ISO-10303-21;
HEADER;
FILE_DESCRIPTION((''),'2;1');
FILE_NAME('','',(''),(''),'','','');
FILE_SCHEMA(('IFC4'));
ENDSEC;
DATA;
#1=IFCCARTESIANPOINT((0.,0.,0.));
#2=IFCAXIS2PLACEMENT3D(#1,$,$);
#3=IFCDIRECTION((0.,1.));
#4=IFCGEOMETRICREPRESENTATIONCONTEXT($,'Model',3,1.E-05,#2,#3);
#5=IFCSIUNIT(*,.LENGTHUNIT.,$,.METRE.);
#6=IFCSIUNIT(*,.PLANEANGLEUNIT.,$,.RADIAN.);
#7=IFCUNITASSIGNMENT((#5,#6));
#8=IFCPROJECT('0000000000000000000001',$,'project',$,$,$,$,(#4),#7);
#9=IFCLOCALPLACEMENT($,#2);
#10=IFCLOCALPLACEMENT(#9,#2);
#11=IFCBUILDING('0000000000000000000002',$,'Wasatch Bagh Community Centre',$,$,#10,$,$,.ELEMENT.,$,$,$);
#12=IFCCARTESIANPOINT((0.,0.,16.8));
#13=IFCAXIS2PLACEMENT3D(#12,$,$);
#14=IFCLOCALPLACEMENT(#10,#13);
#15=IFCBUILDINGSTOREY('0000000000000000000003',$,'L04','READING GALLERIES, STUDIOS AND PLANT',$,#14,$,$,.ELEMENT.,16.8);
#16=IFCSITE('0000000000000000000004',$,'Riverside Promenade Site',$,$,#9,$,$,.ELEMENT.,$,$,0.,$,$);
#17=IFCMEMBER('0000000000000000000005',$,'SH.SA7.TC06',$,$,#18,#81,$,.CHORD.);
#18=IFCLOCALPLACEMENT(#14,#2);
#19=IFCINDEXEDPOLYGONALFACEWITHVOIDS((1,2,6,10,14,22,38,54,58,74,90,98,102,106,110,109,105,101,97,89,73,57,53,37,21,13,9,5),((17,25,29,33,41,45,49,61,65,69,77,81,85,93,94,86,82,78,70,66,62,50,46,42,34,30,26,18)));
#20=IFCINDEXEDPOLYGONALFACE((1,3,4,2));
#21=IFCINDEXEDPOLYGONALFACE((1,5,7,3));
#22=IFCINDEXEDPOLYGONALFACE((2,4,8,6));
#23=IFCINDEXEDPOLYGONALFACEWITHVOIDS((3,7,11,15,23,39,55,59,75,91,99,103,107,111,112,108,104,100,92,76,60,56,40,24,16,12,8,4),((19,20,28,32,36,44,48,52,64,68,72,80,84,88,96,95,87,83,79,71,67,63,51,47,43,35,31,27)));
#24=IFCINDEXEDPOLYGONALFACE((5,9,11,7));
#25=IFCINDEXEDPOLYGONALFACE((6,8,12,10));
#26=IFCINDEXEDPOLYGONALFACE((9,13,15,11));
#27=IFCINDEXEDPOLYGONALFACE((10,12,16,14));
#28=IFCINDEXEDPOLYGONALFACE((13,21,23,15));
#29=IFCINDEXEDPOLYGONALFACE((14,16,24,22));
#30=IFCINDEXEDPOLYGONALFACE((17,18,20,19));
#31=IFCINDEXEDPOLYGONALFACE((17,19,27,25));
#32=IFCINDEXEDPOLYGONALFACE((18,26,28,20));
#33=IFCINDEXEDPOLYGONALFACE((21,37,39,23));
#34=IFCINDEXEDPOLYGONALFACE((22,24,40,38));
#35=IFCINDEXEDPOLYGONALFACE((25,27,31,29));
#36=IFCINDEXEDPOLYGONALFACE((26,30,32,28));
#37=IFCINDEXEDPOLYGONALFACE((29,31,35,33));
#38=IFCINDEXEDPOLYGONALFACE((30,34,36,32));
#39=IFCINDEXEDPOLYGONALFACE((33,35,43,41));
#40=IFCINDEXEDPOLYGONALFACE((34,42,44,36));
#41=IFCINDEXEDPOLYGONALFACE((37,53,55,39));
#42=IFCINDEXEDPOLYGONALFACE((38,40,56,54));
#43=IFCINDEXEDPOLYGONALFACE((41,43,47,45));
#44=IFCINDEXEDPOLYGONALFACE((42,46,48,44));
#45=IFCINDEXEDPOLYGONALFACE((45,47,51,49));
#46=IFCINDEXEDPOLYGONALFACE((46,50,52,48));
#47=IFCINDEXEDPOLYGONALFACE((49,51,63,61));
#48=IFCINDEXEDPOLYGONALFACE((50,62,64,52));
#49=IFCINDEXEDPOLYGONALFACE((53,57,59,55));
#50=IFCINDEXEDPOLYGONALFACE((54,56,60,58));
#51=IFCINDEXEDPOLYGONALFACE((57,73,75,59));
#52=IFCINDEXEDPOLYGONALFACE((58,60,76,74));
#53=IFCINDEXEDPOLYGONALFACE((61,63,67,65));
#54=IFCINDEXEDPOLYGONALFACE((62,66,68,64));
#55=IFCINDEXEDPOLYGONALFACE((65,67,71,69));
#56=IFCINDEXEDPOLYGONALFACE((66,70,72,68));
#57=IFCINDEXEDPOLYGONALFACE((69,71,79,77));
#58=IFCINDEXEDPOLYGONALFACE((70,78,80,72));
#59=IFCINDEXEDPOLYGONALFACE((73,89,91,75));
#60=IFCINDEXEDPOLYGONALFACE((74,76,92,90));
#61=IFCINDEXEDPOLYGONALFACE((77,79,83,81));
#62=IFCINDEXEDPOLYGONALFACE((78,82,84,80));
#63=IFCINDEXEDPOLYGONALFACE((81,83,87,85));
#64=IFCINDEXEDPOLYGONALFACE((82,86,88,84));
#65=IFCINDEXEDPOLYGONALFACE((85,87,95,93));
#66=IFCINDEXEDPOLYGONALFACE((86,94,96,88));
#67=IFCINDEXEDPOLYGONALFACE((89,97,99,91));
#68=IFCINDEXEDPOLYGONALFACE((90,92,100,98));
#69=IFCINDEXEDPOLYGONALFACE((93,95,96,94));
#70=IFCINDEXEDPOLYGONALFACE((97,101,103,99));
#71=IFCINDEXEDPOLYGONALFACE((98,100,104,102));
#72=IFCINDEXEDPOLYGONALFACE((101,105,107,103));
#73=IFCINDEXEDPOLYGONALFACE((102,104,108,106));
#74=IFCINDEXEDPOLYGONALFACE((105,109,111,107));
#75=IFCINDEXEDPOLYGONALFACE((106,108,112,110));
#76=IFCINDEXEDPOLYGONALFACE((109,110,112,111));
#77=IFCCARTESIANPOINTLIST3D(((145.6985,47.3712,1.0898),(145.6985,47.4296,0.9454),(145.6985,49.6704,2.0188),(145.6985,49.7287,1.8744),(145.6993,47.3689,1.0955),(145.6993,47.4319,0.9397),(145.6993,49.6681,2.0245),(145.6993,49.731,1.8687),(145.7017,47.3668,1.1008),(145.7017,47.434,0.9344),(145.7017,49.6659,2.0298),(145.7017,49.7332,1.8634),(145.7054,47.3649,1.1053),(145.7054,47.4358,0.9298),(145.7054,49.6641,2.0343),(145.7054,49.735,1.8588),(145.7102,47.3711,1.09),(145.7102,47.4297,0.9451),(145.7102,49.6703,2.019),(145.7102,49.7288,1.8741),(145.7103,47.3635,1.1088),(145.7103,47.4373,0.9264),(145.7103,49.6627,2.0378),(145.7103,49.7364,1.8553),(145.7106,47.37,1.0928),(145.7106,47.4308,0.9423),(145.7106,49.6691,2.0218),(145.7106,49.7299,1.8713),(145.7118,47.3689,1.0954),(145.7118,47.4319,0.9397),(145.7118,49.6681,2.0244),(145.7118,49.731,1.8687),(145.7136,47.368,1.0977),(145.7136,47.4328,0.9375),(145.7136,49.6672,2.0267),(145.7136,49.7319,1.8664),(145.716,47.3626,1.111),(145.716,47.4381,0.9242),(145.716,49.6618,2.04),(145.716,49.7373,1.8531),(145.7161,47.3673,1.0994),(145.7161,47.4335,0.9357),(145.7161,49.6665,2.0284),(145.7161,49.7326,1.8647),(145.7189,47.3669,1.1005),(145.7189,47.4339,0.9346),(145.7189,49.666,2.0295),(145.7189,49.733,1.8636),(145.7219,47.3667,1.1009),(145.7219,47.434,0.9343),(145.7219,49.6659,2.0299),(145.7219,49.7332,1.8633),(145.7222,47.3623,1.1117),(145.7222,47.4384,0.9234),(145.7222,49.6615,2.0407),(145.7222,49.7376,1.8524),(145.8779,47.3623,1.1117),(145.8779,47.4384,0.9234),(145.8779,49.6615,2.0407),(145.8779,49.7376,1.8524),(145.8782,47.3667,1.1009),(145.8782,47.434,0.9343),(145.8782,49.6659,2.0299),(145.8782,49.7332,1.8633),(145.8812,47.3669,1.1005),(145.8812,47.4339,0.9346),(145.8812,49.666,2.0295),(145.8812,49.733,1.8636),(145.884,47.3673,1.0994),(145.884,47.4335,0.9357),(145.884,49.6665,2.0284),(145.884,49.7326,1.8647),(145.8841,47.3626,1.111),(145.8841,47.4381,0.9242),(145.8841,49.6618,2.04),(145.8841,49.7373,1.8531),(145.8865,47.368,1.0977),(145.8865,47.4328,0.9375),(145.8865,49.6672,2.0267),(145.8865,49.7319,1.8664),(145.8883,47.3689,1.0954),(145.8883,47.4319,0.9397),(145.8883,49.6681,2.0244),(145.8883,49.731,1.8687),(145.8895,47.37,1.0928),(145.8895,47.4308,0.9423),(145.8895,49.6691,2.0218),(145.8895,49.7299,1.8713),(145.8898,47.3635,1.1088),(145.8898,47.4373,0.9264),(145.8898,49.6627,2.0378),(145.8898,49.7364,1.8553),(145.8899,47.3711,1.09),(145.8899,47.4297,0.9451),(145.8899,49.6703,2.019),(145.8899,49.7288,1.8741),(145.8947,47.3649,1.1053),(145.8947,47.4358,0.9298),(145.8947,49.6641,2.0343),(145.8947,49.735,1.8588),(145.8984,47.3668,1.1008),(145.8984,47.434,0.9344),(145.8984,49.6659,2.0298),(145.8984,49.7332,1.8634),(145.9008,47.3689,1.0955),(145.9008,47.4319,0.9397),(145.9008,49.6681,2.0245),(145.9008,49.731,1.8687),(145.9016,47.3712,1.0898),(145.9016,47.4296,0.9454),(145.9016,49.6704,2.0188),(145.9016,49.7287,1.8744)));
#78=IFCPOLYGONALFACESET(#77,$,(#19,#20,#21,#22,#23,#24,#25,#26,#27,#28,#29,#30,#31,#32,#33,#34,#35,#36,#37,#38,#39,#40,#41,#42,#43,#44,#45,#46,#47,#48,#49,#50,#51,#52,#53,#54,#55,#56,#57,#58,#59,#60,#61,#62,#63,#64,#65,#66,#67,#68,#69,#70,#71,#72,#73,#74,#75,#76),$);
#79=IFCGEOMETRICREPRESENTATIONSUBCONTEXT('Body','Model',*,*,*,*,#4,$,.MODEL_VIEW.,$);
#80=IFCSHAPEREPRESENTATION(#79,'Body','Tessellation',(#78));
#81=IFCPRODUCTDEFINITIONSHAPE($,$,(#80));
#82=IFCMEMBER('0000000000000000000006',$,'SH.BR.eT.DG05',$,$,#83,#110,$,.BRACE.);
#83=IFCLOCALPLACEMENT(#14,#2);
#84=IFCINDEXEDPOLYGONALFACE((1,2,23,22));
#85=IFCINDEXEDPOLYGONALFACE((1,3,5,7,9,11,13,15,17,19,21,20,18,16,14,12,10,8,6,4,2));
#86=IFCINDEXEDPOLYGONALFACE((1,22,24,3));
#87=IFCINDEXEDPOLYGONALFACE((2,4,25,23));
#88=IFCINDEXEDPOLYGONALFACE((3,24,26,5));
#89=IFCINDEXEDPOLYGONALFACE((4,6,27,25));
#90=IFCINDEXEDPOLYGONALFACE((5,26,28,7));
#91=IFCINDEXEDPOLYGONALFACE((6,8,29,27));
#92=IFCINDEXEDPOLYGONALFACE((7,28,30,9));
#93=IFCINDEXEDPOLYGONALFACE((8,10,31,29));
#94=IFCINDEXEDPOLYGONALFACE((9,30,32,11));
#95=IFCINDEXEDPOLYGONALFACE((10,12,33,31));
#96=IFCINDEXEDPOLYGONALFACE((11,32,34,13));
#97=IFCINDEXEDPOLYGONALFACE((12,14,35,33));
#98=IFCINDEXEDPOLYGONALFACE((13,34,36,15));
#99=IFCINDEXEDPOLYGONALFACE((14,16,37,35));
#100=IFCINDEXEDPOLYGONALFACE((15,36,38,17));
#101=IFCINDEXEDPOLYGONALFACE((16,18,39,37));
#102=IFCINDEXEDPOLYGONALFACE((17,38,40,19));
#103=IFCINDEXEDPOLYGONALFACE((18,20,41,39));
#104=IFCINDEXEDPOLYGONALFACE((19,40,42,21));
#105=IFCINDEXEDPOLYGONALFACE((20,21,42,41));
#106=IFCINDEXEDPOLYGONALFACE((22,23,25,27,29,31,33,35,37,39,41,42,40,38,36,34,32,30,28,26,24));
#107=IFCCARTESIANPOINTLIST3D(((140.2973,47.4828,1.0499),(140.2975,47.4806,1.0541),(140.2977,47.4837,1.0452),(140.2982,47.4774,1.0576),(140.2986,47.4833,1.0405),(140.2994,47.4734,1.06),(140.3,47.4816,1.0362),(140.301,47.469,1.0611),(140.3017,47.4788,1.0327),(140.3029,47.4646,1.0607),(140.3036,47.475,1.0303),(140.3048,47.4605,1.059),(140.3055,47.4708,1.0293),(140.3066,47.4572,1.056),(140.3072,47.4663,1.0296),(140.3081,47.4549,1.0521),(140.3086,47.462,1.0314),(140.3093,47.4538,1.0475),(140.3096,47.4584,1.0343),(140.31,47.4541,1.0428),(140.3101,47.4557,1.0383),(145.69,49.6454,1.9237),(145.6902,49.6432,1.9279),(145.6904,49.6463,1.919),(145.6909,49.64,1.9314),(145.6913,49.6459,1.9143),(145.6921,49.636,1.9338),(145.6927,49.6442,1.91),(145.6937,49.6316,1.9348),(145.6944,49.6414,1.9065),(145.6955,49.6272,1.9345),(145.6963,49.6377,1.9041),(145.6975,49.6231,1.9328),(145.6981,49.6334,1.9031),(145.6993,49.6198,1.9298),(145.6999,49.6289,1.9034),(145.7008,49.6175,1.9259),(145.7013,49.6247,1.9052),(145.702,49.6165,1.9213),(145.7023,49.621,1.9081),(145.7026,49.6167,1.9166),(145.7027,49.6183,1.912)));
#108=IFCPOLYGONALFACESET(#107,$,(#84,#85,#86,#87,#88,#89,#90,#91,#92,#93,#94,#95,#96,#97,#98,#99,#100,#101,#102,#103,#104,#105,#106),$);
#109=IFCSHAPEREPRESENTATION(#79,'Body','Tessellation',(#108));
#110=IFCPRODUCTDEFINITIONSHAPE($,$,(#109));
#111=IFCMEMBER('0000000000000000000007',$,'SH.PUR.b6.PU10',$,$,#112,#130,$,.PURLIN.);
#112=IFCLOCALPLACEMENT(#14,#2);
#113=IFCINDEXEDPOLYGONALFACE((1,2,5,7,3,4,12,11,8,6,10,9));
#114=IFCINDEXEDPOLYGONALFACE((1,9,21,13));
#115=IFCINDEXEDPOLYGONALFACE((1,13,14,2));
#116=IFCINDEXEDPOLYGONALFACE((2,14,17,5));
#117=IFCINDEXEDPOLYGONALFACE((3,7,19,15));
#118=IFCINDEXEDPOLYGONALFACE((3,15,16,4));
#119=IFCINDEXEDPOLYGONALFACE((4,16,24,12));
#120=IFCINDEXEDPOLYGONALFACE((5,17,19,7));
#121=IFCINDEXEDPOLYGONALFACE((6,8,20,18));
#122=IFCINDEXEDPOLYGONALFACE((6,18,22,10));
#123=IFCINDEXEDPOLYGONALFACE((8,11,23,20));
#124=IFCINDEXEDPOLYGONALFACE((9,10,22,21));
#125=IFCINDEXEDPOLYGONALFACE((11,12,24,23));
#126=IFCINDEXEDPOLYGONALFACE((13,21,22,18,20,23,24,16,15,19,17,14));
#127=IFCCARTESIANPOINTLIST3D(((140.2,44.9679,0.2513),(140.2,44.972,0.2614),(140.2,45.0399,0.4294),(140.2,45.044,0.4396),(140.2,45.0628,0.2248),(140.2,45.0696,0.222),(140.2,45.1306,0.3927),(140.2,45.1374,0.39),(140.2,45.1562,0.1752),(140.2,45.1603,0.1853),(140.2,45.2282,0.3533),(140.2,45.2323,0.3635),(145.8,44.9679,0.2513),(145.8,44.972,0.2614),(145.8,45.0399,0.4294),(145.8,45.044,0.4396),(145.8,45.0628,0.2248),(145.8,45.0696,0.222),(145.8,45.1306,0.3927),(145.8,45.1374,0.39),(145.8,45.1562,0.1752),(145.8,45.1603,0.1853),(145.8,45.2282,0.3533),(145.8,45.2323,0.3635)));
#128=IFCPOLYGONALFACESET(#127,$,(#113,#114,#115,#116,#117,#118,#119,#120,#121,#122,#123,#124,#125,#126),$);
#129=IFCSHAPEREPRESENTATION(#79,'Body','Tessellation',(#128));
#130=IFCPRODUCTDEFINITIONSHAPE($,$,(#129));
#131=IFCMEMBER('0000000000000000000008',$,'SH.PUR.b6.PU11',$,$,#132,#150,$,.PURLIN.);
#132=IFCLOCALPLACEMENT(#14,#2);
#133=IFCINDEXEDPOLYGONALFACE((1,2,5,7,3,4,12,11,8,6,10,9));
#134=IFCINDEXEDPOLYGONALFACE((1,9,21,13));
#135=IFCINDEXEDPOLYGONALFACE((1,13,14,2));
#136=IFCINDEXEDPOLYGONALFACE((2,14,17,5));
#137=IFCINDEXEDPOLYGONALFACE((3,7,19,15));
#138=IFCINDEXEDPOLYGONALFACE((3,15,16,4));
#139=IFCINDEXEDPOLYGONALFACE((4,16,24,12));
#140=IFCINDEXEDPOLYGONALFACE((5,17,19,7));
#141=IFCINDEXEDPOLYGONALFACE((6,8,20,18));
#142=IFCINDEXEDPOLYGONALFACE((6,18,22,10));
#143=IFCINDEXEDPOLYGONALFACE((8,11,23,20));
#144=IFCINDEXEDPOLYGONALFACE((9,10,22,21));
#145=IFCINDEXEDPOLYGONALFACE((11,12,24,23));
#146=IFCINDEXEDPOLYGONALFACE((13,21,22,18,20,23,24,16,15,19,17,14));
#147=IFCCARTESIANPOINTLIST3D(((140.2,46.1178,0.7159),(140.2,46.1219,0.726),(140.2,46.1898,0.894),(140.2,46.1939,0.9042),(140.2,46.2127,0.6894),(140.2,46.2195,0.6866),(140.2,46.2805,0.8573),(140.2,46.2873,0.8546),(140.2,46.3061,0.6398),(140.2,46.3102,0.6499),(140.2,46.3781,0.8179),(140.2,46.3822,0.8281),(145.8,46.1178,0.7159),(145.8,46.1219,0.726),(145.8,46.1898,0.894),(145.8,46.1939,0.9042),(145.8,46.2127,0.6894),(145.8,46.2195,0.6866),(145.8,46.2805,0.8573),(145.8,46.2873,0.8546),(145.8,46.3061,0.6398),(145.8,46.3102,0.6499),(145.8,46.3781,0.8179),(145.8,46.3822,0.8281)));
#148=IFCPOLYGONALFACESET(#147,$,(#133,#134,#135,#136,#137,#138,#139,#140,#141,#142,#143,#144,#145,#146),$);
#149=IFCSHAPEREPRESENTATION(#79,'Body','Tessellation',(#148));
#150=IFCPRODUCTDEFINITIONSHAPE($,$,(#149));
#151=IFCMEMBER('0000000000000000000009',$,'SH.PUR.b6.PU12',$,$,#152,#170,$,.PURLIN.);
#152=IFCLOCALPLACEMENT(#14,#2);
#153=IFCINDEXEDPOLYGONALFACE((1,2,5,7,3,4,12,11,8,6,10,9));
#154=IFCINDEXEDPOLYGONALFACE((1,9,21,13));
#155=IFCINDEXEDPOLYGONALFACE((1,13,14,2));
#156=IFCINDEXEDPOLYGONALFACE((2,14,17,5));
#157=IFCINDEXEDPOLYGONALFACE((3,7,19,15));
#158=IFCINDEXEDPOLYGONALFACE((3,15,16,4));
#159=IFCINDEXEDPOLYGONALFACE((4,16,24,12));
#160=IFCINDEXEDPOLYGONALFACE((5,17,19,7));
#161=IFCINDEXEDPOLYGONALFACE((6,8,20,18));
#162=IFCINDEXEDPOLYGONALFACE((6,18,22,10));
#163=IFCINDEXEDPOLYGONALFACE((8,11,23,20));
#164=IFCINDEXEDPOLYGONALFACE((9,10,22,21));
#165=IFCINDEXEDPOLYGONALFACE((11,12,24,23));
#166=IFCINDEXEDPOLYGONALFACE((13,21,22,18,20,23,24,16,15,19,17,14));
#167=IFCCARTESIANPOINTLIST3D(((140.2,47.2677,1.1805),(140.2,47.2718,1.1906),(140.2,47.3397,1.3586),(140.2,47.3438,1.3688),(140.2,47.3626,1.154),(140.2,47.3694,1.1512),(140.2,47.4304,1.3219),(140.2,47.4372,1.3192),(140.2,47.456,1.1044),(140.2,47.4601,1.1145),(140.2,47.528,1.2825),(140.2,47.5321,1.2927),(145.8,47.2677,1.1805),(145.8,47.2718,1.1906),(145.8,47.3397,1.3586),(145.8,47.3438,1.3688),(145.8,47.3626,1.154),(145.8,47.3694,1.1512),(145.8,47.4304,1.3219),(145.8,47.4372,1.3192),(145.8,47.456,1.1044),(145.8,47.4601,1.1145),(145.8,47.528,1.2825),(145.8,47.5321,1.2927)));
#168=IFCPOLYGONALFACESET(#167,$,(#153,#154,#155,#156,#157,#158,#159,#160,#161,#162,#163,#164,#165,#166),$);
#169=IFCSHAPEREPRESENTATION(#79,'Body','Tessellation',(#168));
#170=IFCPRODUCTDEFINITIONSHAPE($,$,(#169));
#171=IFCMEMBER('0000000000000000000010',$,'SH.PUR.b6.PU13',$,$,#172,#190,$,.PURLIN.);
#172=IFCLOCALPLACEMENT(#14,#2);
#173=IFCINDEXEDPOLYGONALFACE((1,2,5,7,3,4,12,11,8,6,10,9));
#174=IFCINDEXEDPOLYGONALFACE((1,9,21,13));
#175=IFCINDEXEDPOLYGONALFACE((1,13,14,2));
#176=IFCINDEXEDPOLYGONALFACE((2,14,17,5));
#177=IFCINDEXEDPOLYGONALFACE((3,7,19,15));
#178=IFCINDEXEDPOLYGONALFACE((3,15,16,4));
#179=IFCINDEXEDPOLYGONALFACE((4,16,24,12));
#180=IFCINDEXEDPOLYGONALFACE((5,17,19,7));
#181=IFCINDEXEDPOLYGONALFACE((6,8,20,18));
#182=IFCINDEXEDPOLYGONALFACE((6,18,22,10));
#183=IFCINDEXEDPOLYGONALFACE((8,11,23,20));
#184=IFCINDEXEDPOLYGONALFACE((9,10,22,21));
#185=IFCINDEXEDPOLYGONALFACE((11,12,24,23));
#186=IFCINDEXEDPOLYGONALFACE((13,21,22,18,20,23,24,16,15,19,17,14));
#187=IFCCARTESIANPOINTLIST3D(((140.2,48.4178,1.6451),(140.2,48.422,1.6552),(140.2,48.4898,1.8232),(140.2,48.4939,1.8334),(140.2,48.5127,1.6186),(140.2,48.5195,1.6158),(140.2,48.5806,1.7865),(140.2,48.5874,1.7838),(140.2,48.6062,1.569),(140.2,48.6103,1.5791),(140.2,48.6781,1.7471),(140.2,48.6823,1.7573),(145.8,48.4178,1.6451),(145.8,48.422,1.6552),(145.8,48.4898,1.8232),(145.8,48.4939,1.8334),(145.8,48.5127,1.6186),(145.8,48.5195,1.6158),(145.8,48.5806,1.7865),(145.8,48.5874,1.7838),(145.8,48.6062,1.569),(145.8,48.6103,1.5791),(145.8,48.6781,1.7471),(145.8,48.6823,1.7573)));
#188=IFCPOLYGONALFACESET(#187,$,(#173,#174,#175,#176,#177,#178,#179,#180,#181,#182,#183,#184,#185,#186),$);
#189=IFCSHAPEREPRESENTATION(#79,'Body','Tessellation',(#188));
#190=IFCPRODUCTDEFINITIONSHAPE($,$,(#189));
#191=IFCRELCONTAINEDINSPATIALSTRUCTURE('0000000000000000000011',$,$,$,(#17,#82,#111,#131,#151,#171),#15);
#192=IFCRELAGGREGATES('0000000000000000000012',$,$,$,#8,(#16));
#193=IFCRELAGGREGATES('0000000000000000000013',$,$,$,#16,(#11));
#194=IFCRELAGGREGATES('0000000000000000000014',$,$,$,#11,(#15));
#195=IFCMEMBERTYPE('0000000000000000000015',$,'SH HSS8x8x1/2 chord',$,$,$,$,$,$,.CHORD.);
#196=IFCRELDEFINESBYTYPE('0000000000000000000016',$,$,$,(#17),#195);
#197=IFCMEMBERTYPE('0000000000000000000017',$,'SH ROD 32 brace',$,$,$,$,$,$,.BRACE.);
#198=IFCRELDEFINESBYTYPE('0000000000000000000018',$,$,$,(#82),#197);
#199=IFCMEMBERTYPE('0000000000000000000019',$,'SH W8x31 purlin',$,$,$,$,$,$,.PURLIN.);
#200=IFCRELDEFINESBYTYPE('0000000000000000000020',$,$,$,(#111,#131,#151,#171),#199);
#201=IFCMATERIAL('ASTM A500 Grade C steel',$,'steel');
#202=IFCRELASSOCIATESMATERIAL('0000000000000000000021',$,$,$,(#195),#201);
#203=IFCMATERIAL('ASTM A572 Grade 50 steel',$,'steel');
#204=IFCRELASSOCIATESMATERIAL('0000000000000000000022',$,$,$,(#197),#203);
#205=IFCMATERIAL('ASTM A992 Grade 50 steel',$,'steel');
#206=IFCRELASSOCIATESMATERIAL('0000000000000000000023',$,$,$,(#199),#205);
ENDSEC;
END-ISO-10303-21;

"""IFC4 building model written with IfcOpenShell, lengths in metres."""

from ifc_helpers import new_model, si_unit, direction, frame, origin, origin_2d, place, context, subcontext, project, spatial, hollow_rectangle, circle, i_section, extrude, material, material_profile, profile_set, type_object, element, save


model = new_model("IFC4")

# Units and contexts
model_context = context("Model", 3, precision=1e-05, world=origin(), true_north=direction((0.0, 1.0)))
body_context = subcontext(model_context, "Body", "Model", "MODEL_VIEW")
ifc_project = project(units=[si_unit("LENGTHUNIT", "METRE"), si_unit("PLANEANGLEUNIT", "RADIAN")], contexts=[model_context])

# Site, building, storey
site_placement = place(None, origin())
site = spatial("IfcSite", under=ifc_project, at=site_placement, Name="Riverside Promenade Site", CompositionType="ELEMENT", RefElevation=0.0)
building_placement = place(site_placement, origin())
building = spatial("IfcBuilding", under=site, at=building_placement, Name="Wasatch Bagh Community Centre", CompositionType="ELEMENT")
storey_placement = place(building_placement, frame((0.0, 0.0, 16.8)))
storey = spatial("IfcBuildingStorey", under=building, at=storey_placement, Name="L04", Description="READING GALLERIES, STUDIOS AND PLANT", CompositionType="ELEMENT", Elevation=16.8)

# Members
ifc_material_1 = material(Name="ASTM A500 Grade C steel", Category="steel")
ifc_material_profile_1 = material_profile(ifc_material_1, hollow_rectangle(XDim=0.2031, YDim=0.2031, WallThickness=0.0117, InnerFilletRadius=0.0117, OuterFilletRadius=0.0237, at=origin_2d()), Name="HSS8x8x1/2")
ifc_profile_set_1 = profile_set([ifc_material_profile_1], Name="ASTM A500 Grade C steel")
member_type_1 = type_object("IfcMemberType", Name="SH HSS8x8x1/2 chord", PredefinedType="CHORD", material=ifc_profile_set_1)
member_1_placement = place(storey_placement, frame((145.8, 47.4004, 1.0176), z_axis=(0.0, 0.927174, 0.374631), x_axis=(-1.0, 0.0, 0.0)))
element("IfcMember", 1, at=member_1_placement, inside=storey, type_object=member_type_1, Name="SH.SA7.TC06", PredefinedType="CHORD", context=body_context, shape_type="SweptSolid", body=[
    extrude(hollow_rectangle(XDim=0.2031, YDim=0.2031, WallThickness=0.0117, InnerFilletRadius=0.0117, OuterFilletRadius=0.0237, at=origin_2d()), origin(), (0.0, 0.0, 1.0), 2.4797),
])
ifc_material_2 = material(Name="ASTM A572 Grade 50 steel", Category="steel")
ifc_material_profile_2 = material_profile(ifc_material_2, circle(Radius=0.0161, at=origin_2d()), Name="ROD 32")
ifc_profile_set_2 = profile_set([ifc_material_profile_2], Name="ASTM A572 Grade 50 steel")
member_type_2 = type_object("IfcMemberType", Name="SH ROD 32 brace", PredefinedType="BRACE", material=ifc_profile_set_2)
member_2_placement = place(storey_placement, frame((140.3037, 47.4688, 1.0452), z_axis=(0.917825, 0.368077, 0.148718), x_axis=(-0.372216, 0.928146, 0.0)))
element("IfcMember", 2, at=member_2_placement, inside=storey, type_object=member_type_2, Name="SH.BR.eT.DG05", PredefinedType="BRACE", context=body_context, shape_type="SweptSolid", body=[
    extrude(circle(Radius=0.0161, at=origin_2d()), origin(), (0.0, 0.0, 1.0), 5.8755),
])
ifc_material_3 = material(Name="ASTM A992 Grade 50 steel", Category="steel")
ifc_material_profile_3 = material_profile(ifc_material_3, i_section(OverallWidth=0.2031, OverallDepth=0.2031, WebThickness=0.0073, FlangeThickness=0.011, at=origin_2d()), Name="W8x31")
ifc_profile_set_3 = profile_set([ifc_material_profile_3], Name="ASTM A992 Grade 50 steel")
member_type_3 = type_object("IfcMemberType", Name="SH W8x31 purlin", PredefinedType="PURLIN", material=ifc_profile_set_3)
for number, where, z_axis, x_axis, name in (
    (3, (140.2, 45.1001, 0.3074), (1.0, 0.0, 0.0), (0.0, 0.927184, -0.374607), "SH.PUR.b6.PU10"),
    (4, (140.2, 46.25, 0.772), (1.0, 0.0, 0.0), (0.0, 0.927184, -0.374607), "SH.PUR.b6.PU11"),
    (5, (140.2, 47.3999, 1.2366), (1.0, 0.0, 0.0), (0.0, 0.927184, -0.374607), "SH.PUR.b6.PU12"),
    (6, (140.2, 48.55, 1.7012), (1.0, 0.0, 0.0), (0.0, 0.927184, -0.374607), "SH.PUR.b6.PU13"),
):
    element("IfcMember", number, at=place(storey_placement, frame(where, z_axis=z_axis, x_axis=x_axis)), inside=storey, type_object=member_type_3, Name=name, PredefinedType="PURLIN", context=body_context, shape_type="SweptSolid", body=[
        extrude(i_section(OverallWidth=0.2031, OverallDepth=0.2031, WebThickness=0.0073, FlangeThickness=0.011, at=origin_2d()), origin(), (0.0, 0.0, 1.0), 5.6001),
    ])

save(model, "model.ifc")
